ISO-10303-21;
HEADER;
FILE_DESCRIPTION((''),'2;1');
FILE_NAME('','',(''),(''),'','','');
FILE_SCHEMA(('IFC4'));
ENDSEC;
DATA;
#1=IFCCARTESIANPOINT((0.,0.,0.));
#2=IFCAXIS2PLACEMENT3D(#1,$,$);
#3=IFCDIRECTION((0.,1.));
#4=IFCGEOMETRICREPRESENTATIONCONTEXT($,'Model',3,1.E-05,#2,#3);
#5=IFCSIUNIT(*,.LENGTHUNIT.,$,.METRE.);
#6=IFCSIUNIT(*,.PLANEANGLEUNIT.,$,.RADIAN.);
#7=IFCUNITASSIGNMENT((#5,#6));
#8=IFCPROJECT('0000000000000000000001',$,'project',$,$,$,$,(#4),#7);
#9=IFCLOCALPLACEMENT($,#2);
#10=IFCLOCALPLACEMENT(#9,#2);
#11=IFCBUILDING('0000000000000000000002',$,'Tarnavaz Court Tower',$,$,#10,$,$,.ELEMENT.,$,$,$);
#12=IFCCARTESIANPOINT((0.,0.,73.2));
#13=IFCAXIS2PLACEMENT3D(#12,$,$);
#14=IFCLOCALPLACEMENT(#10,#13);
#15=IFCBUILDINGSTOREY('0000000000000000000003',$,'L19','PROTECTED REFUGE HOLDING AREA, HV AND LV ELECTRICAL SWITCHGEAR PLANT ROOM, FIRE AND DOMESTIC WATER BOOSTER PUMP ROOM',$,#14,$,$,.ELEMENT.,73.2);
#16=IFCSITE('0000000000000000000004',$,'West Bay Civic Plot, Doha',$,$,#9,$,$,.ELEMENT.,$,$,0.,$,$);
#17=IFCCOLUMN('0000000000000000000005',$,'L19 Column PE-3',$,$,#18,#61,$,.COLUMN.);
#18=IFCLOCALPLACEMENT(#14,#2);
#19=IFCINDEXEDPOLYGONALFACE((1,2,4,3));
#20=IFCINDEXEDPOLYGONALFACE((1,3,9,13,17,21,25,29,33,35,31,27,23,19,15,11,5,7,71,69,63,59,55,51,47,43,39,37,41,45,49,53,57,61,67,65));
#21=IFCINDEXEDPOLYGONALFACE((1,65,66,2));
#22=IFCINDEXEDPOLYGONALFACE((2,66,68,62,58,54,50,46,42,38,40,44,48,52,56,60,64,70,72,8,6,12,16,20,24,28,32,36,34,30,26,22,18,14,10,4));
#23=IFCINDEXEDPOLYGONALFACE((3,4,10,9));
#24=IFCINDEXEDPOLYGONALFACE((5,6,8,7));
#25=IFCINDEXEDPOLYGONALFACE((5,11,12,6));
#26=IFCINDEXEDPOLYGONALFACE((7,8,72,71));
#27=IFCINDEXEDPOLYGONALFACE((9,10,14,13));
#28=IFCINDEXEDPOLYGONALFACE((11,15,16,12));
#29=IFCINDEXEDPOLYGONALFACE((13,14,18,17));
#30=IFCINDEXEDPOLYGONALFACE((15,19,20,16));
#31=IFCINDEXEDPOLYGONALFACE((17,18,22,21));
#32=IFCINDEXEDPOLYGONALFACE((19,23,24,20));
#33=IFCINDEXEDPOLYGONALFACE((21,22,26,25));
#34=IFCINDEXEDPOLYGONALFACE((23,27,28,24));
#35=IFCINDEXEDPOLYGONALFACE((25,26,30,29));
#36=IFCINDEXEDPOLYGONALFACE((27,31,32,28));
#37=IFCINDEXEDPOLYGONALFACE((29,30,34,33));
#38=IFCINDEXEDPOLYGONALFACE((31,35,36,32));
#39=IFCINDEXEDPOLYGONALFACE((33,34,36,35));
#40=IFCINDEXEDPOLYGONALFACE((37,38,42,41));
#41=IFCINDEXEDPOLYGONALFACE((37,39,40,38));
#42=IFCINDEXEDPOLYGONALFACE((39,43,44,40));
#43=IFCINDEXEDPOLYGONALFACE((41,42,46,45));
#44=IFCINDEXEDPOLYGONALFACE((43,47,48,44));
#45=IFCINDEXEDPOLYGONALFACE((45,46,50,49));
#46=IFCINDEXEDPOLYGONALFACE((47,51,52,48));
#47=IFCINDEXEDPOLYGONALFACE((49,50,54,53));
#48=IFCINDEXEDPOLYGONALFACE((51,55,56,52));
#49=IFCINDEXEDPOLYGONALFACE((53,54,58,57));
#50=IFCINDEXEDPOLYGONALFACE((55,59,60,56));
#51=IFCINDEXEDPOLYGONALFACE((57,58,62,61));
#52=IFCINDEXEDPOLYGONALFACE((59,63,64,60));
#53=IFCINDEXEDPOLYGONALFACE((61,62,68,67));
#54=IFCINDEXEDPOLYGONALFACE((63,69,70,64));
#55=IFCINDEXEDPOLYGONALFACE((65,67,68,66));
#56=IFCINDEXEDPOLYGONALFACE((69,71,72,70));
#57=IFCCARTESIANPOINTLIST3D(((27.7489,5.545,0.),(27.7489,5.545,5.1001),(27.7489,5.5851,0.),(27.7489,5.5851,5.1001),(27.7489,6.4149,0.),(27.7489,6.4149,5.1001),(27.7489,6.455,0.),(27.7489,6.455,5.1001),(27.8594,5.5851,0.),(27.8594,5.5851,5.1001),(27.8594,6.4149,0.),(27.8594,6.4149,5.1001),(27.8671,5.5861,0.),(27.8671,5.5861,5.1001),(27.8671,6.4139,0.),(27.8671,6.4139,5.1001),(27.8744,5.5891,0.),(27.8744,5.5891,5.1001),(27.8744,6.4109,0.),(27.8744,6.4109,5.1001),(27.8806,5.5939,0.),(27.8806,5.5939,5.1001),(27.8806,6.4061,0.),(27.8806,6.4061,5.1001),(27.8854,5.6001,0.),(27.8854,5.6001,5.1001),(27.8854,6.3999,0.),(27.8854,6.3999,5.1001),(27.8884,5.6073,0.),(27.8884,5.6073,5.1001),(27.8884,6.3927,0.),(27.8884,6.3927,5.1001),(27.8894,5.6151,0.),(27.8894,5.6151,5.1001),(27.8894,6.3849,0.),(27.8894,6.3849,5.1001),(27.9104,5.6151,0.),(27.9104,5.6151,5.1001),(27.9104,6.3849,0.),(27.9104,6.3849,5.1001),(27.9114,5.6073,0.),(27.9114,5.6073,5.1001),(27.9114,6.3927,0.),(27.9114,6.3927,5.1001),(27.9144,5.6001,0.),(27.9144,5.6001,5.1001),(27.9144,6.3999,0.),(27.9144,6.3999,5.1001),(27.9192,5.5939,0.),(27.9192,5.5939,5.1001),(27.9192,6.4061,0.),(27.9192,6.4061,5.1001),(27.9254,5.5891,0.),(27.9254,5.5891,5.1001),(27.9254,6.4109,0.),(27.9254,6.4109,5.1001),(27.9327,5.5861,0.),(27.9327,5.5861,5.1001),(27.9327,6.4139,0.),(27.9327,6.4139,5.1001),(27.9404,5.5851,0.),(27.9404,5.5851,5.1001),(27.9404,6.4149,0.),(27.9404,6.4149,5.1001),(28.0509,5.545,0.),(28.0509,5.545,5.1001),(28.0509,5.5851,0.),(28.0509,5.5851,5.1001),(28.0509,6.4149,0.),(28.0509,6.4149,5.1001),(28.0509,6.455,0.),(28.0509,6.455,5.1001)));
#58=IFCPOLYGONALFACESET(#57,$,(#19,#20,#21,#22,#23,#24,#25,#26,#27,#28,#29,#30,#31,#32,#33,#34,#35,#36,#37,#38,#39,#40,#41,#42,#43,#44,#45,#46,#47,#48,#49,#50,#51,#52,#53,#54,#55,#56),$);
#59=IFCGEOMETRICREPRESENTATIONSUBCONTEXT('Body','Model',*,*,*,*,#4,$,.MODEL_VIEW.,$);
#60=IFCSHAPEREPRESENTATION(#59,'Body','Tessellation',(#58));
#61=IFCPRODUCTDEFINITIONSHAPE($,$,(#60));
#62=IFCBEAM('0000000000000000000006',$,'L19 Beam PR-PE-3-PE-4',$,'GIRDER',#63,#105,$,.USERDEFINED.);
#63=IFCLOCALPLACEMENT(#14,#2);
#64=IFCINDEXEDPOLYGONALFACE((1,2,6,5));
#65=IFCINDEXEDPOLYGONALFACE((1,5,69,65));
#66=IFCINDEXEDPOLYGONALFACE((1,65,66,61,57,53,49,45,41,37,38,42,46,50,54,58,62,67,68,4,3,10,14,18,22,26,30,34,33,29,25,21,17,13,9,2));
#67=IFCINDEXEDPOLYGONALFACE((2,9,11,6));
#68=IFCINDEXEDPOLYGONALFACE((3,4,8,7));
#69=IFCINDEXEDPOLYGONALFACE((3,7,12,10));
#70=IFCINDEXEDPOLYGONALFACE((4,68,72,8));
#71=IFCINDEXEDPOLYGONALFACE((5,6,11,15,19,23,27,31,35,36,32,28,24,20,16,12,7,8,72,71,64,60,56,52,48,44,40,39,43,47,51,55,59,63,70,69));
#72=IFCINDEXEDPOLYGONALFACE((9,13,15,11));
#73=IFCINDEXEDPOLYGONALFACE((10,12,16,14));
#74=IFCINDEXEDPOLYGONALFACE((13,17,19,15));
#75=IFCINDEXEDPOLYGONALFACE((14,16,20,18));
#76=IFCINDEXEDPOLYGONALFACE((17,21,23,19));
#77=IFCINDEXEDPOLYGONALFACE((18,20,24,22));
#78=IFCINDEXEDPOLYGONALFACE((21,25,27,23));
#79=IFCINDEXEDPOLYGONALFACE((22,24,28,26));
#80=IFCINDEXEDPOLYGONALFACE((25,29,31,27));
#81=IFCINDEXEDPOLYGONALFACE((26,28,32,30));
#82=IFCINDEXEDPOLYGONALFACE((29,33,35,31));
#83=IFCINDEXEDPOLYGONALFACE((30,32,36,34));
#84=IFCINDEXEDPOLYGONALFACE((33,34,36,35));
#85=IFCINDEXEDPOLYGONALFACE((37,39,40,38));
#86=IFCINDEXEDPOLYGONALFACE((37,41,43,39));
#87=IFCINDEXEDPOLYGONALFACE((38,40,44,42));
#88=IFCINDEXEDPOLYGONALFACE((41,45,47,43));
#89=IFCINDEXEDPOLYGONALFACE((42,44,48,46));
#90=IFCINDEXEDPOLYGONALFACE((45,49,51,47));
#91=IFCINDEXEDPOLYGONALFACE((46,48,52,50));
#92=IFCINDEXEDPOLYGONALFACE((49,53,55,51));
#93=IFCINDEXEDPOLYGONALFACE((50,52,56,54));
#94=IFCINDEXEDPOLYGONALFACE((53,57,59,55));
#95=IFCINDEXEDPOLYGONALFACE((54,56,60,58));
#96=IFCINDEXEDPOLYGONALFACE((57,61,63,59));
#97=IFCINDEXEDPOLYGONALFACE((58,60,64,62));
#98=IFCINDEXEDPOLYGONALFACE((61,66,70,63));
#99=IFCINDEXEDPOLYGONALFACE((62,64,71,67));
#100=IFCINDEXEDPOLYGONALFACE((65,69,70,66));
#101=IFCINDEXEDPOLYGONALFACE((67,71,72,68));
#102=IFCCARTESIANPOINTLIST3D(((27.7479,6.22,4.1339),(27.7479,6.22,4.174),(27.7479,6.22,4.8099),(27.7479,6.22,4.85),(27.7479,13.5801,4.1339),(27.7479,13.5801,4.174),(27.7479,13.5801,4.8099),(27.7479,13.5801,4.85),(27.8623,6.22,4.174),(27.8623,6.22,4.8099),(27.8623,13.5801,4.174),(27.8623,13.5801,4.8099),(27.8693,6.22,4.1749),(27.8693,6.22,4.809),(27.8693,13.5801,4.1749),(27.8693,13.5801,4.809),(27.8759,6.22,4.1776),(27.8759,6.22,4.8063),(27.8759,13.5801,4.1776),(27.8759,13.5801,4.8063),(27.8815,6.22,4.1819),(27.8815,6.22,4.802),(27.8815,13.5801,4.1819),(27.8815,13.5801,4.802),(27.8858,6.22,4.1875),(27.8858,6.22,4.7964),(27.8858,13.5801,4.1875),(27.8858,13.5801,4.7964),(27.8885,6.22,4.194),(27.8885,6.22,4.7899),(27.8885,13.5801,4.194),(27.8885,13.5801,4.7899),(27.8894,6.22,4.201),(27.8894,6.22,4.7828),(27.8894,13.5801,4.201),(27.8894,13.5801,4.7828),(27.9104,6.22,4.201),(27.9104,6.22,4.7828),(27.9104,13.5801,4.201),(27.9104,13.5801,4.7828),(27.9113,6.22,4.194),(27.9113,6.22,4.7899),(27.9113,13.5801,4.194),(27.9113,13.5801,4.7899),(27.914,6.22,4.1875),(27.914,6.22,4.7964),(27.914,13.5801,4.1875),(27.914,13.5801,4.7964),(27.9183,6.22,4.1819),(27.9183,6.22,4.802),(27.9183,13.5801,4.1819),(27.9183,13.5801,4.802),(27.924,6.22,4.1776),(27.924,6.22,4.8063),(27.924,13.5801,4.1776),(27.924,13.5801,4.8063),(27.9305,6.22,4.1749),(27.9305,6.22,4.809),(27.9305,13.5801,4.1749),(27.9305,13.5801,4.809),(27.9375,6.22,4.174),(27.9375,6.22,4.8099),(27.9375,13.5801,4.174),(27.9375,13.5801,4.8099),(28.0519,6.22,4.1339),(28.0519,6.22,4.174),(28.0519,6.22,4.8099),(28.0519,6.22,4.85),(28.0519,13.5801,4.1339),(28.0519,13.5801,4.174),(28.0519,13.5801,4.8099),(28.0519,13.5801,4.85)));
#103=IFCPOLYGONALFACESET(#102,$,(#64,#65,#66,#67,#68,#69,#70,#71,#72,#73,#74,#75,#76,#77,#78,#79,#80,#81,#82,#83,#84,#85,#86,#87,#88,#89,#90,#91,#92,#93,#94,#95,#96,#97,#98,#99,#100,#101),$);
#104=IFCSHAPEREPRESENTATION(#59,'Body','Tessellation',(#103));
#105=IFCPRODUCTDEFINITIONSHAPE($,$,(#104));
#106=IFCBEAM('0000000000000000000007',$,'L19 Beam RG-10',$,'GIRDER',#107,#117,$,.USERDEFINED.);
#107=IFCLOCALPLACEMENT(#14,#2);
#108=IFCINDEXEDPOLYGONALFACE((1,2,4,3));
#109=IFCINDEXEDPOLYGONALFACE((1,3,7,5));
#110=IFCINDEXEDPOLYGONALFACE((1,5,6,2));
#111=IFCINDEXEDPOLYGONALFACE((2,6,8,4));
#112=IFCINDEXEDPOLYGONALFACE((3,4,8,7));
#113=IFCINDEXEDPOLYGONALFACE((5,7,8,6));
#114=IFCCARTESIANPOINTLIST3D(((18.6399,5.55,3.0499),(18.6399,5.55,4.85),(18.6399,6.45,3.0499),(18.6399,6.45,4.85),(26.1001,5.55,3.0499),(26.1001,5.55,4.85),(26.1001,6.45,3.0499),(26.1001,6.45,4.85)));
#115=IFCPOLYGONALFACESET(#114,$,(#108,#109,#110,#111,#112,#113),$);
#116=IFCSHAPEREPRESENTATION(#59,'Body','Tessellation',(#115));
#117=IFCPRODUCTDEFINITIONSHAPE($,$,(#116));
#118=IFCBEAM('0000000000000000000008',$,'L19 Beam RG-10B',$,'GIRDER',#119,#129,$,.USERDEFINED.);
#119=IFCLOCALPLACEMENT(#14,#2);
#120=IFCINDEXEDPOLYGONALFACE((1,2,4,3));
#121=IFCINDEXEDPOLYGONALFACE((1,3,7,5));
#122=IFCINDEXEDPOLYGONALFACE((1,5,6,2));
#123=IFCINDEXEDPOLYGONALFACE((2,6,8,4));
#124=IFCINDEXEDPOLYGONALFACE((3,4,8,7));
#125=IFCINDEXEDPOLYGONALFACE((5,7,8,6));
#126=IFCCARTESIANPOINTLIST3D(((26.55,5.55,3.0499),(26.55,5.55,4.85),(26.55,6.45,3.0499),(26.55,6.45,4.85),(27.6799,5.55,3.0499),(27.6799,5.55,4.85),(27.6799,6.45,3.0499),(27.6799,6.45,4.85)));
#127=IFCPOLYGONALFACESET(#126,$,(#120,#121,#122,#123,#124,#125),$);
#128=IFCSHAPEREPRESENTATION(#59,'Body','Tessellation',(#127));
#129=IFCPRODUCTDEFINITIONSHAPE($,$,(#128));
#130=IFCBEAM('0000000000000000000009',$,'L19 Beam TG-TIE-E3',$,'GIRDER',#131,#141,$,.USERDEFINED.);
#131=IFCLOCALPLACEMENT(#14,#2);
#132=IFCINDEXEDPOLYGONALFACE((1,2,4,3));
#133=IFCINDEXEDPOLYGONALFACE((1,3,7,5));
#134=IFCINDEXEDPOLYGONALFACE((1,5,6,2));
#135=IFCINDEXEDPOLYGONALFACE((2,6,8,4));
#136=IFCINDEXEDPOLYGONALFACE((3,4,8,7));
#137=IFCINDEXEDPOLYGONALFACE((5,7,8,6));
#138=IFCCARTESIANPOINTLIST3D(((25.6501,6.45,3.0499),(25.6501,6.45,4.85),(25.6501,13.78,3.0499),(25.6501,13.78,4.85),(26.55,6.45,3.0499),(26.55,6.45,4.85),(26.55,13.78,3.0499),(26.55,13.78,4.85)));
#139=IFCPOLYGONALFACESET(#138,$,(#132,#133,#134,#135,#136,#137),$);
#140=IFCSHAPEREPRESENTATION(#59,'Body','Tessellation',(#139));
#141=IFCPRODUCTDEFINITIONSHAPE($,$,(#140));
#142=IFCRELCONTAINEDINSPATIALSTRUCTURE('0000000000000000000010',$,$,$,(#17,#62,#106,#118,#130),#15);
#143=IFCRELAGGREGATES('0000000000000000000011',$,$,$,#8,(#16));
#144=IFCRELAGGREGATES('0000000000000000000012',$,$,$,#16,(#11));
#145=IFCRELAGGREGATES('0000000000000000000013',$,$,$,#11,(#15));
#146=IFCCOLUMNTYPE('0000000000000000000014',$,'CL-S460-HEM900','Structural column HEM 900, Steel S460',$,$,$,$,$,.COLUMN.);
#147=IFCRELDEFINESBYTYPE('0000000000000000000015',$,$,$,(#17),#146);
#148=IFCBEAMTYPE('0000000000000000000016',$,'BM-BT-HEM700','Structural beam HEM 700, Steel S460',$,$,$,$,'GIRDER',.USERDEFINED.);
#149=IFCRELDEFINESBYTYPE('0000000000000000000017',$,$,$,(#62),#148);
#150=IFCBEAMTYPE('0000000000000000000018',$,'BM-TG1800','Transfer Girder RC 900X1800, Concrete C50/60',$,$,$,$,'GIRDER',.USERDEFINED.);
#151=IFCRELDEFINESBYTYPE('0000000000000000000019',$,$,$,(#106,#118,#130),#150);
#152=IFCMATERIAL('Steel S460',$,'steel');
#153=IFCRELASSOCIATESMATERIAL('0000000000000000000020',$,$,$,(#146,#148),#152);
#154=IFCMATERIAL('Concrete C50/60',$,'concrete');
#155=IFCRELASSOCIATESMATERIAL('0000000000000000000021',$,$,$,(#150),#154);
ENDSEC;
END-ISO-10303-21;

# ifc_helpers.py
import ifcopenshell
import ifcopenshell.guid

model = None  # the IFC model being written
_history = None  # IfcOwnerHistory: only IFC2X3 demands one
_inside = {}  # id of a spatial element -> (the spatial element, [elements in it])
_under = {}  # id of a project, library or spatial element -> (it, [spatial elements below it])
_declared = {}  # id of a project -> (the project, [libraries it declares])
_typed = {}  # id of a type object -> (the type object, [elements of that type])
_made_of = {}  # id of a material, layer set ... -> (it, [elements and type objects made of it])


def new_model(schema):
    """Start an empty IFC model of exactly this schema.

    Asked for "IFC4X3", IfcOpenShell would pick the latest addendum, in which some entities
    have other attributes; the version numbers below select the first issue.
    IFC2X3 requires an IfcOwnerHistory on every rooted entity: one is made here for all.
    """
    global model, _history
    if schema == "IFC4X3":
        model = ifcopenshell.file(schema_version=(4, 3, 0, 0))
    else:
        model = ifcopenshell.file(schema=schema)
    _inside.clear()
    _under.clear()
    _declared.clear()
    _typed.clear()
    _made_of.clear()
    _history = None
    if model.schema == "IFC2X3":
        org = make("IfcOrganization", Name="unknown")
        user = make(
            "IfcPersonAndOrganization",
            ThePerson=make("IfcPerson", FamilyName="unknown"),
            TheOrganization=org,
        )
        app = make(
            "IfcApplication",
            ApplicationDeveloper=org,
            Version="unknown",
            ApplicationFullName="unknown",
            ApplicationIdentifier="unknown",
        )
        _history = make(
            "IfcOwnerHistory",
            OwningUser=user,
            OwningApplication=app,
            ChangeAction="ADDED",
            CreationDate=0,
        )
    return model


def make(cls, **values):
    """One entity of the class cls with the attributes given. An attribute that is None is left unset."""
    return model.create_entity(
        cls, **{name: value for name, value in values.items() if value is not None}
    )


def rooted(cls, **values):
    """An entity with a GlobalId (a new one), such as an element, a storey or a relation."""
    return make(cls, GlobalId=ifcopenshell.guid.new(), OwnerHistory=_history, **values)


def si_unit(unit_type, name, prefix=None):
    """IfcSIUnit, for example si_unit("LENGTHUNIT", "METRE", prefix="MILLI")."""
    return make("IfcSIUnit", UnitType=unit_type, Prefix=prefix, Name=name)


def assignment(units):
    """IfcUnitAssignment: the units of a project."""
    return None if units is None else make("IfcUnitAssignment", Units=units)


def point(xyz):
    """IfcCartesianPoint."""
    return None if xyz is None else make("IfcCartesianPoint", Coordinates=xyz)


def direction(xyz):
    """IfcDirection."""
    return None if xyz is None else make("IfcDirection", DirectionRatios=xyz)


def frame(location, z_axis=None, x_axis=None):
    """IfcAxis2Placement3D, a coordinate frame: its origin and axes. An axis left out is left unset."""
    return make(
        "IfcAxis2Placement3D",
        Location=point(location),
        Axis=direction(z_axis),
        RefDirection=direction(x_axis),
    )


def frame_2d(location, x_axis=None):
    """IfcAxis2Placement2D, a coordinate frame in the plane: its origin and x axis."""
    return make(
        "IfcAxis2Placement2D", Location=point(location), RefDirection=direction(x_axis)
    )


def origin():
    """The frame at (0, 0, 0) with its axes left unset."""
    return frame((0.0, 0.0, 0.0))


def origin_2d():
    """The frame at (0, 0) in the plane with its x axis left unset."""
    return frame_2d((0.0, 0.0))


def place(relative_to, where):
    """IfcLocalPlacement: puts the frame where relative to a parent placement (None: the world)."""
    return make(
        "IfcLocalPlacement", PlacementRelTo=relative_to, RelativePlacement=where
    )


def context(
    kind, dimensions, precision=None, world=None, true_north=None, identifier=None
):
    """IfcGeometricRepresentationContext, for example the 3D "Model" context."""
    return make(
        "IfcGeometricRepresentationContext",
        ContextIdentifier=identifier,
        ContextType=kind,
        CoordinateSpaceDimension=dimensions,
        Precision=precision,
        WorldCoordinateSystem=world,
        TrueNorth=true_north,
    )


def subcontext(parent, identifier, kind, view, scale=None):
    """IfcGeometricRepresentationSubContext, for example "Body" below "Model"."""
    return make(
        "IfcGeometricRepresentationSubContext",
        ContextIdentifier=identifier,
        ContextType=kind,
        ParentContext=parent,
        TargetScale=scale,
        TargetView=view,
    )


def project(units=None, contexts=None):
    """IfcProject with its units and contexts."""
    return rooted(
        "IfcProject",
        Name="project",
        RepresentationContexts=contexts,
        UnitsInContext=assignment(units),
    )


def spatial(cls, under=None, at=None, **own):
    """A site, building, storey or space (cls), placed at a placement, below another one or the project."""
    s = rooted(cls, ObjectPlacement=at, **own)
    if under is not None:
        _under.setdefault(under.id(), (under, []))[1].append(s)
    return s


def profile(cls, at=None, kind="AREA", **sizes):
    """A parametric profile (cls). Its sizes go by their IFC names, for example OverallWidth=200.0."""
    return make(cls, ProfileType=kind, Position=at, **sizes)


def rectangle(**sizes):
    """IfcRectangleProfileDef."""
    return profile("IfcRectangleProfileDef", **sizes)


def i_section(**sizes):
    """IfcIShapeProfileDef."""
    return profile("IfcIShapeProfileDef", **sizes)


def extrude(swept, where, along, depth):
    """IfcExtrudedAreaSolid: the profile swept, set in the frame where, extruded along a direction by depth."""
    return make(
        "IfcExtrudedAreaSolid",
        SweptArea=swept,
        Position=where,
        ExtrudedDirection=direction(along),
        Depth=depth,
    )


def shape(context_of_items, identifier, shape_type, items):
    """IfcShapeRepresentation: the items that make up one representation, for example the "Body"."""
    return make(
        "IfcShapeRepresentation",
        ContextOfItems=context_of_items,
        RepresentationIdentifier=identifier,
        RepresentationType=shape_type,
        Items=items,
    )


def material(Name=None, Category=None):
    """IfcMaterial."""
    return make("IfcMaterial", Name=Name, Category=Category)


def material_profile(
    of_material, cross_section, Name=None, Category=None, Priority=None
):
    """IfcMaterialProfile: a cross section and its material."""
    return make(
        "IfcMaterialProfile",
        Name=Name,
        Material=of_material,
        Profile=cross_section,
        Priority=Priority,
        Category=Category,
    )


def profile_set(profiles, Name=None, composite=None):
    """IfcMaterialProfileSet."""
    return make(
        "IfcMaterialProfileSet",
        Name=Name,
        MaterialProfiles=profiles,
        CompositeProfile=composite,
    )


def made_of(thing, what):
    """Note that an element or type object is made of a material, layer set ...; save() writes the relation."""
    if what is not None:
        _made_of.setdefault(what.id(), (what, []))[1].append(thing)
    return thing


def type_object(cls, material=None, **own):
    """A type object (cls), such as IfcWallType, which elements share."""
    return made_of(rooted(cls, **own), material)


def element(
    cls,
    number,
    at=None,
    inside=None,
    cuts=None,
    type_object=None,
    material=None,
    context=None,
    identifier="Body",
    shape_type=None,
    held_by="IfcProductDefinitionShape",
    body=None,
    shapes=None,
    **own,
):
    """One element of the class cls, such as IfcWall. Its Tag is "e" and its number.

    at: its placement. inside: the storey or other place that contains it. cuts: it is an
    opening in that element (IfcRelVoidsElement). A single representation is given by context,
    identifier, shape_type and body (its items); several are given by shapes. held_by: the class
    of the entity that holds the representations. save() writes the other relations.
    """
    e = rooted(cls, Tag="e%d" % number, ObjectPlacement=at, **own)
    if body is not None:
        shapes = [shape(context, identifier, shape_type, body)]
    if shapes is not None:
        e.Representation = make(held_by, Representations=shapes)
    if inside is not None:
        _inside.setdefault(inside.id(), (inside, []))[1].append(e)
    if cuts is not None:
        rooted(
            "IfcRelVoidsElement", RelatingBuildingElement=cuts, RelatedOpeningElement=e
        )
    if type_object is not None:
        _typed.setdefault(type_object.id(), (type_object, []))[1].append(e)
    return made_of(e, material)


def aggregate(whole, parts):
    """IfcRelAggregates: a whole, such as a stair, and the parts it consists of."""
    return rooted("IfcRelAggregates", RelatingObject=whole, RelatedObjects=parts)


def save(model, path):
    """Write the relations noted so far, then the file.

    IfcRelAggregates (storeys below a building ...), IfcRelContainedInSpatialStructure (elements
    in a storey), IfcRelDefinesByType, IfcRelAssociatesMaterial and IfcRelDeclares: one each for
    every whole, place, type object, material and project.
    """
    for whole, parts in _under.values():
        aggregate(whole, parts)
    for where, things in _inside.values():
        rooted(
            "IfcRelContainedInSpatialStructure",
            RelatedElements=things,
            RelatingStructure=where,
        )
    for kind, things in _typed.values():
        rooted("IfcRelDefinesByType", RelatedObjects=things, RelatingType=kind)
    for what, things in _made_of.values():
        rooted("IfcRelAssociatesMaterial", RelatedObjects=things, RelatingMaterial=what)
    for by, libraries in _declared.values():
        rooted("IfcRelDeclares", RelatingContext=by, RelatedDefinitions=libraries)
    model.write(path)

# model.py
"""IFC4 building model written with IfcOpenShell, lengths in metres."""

from ifc_helpers import new_model, si_unit, direction, frame, origin, origin_2d, place, context, subcontext, project, spatial, rectangle, i_section, extrude, material, material_profile, profile_set, type_object, element, save


model = new_model("IFC4")

# Units and contexts
model_context = context("Model", 3, precision=1e-05, world=origin(), true_north=direction((0.0, 1.0)))
body_context = subcontext(model_context, "Body", "Model", "MODEL_VIEW")
ifc_project = project(units=[si_unit("LENGTHUNIT", "METRE"), si_unit("PLANEANGLEUNIT", "RADIAN")], contexts=[model_context])

# Site, building, storey
site_placement = place(None, origin())
site = spatial("IfcSite", under=ifc_project, at=site_placement, Name="West Bay Civic Plot, Doha", CompositionType="ELEMENT", RefElevation=0.0)
building_placement = place(site_placement, origin())
building = spatial("IfcBuilding", under=site, at=building_placement, Name="Tarnavaz Court Tower", CompositionType="ELEMENT")
storey_placement = place(building_placement, frame((0.0, 0.0, 73.2)))
storey = spatial("IfcBuildingStorey", under=building, at=storey_placement, Name="L19", Description="PROTECTED REFUGE HOLDING AREA, HV AND LV ELECTRICAL SWITCHGEAR PLANT ROOM, FIRE AND DOMESTIC WATER BOOSTER PUMP ROOM", CompositionType="ELEMENT", Elevation=73.2)

# Column
ifc_material_1 = material(Name="Steel S460", Category="steel")
ifc_material_profile_1 = material_profile(ifc_material_1, i_section(OverallWidth=0.302, OverallDepth=0.9099, WebThickness=0.021, FlangeThickness=0.04, FilletRadius=0.03, at=origin_2d()), Name="HEM 900")
ifc_profile_set_1 = profile_set([ifc_material_profile_1], Name="Steel S460")
column_type = type_object("IfcColumnType", Name="CL-S460-HEM900", Description="Structural column HEM 900, Steel S460", PredefinedType="COLUMN", material=ifc_profile_set_1)
column_placement = place(storey_placement, frame((27.8999, 6.0, 0.0), z_axis=(0.0, 0.0, 1.0), x_axis=(1.0, 0.0, 0.0)))
element("IfcColumn", 1, at=column_placement, inside=storey, type_object=column_type, Name="L19 Column PE-3", PredefinedType="COLUMN", context=body_context, shape_type="SweptSolid", body=[
    extrude(i_section(OverallWidth=0.302, OverallDepth=0.9099, WebThickness=0.021, FlangeThickness=0.04, FilletRadius=0.03, at=origin_2d()), origin(), (0.0, 0.0, 1.0), 5.1001),
])

# Beams
ifc_material_profile_2 = material_profile(ifc_material_1, i_section(OverallWidth=0.304, OverallDepth=0.7161, WebThickness=0.021, FlangeThickness=0.04, FilletRadius=0.0271, at=origin_2d()), Name="HEM 700")
ifc_profile_set_2 = profile_set([ifc_material_profile_2], Name="Steel S460")
beam_type_1 = type_object("IfcBeamType", Name="BM-BT-HEM700", Description="Structural beam HEM 700, Steel S460", ElementType="GIRDER", PredefinedType="USERDEFINED", material=ifc_profile_set_2)
beam_1_placement = place(storey_placement, frame((27.8999, 6.22, 4.4919), z_axis=(0.0, 1.0, 0.0), x_axis=(-1.0, 0.0, 0.0)))
element("IfcBeam", 2, at=beam_1_placement, inside=storey, type_object=beam_type_1, Name="L19 Beam PR-PE-3-PE-4", ObjectType="GIRDER", PredefinedType="USERDEFINED", context=body_context, shape_type="SweptSolid", body=[
    extrude(i_section(OverallWidth=0.304, OverallDepth=0.7161, WebThickness=0.021, FlangeThickness=0.04, FilletRadius=0.0271, at=origin_2d()), origin(), (0.0, 0.0, 1.0), 7.3601),
])
ifc_material_2 = material(Name="Concrete C50/60", Category="concrete")
ifc_material_profile_3 = material_profile(ifc_material_2, rectangle(XDim=0.8999, YDim=1.8, at=origin_2d()), Name="RC 900X1800")
ifc_profile_set_3 = profile_set([ifc_material_profile_3], Name="Concrete C50/60")
beam_type_2 = type_object("IfcBeamType", Name="BM-TG1800", Description="Transfer Girder RC 900X1800, Concrete C50/60", ElementType="GIRDER", PredefinedType="USERDEFINED", material=ifc_profile_set_3)
beam_2_placement = place(storey_placement, frame((18.6399, 6.0, 3.95), z_axis=(1.0, 0.0, 0.0), x_axis=(0.0, 1.0, 0.0)))
element("IfcBeam", 3, at=beam_2_placement, inside=storey, type_object=beam_type_2, Name="L19 Beam RG-10", ObjectType="GIRDER", PredefinedType="USERDEFINED", context=body_context, shape_type="SweptSolid", body=[
    extrude(rectangle(XDim=0.8999, YDim=1.8, at=origin_2d()), origin(), (0.0, 0.0, 1.0), 7.4602),
])
beam_3_placement = place(storey_placement, frame((26.55, 6.0, 3.95), z_axis=(1.0, 0.0, 0.0), x_axis=(0.0, 1.0, 0.0)))
element("IfcBeam", 4, at=beam_3_placement, inside=storey, type_object=beam_type_2, Name="L19 Beam RG-10B", ObjectType="GIRDER", PredefinedType="USERDEFINED", context=body_context, shape_type="SweptSolid", body=[
    extrude(rectangle(XDim=0.8999, YDim=1.8, at=origin_2d()), origin(), (0.0, 0.0, 1.0), 1.1299),
])
beam_4_placement = place(storey_placement, frame((26.1001, 6.45, 3.95), z_axis=(0.0, 1.0, 0.0), x_axis=(-1.0, 0.0, 0.0)))
element("IfcBeam", 5, at=beam_4_placement, inside=storey, type_object=beam_type_2, Name="L19 Beam TG-TIE-E3", ObjectType="GIRDER", PredefinedType="USERDEFINED", context=body_context, shape_type="SweptSolid", body=[
    extrude(rectangle(XDim=0.8999, YDim=1.8, at=origin_2d()), origin(), (0.0, 0.0, 1.0), 7.3301),
])

save(model, "model.ifc")
